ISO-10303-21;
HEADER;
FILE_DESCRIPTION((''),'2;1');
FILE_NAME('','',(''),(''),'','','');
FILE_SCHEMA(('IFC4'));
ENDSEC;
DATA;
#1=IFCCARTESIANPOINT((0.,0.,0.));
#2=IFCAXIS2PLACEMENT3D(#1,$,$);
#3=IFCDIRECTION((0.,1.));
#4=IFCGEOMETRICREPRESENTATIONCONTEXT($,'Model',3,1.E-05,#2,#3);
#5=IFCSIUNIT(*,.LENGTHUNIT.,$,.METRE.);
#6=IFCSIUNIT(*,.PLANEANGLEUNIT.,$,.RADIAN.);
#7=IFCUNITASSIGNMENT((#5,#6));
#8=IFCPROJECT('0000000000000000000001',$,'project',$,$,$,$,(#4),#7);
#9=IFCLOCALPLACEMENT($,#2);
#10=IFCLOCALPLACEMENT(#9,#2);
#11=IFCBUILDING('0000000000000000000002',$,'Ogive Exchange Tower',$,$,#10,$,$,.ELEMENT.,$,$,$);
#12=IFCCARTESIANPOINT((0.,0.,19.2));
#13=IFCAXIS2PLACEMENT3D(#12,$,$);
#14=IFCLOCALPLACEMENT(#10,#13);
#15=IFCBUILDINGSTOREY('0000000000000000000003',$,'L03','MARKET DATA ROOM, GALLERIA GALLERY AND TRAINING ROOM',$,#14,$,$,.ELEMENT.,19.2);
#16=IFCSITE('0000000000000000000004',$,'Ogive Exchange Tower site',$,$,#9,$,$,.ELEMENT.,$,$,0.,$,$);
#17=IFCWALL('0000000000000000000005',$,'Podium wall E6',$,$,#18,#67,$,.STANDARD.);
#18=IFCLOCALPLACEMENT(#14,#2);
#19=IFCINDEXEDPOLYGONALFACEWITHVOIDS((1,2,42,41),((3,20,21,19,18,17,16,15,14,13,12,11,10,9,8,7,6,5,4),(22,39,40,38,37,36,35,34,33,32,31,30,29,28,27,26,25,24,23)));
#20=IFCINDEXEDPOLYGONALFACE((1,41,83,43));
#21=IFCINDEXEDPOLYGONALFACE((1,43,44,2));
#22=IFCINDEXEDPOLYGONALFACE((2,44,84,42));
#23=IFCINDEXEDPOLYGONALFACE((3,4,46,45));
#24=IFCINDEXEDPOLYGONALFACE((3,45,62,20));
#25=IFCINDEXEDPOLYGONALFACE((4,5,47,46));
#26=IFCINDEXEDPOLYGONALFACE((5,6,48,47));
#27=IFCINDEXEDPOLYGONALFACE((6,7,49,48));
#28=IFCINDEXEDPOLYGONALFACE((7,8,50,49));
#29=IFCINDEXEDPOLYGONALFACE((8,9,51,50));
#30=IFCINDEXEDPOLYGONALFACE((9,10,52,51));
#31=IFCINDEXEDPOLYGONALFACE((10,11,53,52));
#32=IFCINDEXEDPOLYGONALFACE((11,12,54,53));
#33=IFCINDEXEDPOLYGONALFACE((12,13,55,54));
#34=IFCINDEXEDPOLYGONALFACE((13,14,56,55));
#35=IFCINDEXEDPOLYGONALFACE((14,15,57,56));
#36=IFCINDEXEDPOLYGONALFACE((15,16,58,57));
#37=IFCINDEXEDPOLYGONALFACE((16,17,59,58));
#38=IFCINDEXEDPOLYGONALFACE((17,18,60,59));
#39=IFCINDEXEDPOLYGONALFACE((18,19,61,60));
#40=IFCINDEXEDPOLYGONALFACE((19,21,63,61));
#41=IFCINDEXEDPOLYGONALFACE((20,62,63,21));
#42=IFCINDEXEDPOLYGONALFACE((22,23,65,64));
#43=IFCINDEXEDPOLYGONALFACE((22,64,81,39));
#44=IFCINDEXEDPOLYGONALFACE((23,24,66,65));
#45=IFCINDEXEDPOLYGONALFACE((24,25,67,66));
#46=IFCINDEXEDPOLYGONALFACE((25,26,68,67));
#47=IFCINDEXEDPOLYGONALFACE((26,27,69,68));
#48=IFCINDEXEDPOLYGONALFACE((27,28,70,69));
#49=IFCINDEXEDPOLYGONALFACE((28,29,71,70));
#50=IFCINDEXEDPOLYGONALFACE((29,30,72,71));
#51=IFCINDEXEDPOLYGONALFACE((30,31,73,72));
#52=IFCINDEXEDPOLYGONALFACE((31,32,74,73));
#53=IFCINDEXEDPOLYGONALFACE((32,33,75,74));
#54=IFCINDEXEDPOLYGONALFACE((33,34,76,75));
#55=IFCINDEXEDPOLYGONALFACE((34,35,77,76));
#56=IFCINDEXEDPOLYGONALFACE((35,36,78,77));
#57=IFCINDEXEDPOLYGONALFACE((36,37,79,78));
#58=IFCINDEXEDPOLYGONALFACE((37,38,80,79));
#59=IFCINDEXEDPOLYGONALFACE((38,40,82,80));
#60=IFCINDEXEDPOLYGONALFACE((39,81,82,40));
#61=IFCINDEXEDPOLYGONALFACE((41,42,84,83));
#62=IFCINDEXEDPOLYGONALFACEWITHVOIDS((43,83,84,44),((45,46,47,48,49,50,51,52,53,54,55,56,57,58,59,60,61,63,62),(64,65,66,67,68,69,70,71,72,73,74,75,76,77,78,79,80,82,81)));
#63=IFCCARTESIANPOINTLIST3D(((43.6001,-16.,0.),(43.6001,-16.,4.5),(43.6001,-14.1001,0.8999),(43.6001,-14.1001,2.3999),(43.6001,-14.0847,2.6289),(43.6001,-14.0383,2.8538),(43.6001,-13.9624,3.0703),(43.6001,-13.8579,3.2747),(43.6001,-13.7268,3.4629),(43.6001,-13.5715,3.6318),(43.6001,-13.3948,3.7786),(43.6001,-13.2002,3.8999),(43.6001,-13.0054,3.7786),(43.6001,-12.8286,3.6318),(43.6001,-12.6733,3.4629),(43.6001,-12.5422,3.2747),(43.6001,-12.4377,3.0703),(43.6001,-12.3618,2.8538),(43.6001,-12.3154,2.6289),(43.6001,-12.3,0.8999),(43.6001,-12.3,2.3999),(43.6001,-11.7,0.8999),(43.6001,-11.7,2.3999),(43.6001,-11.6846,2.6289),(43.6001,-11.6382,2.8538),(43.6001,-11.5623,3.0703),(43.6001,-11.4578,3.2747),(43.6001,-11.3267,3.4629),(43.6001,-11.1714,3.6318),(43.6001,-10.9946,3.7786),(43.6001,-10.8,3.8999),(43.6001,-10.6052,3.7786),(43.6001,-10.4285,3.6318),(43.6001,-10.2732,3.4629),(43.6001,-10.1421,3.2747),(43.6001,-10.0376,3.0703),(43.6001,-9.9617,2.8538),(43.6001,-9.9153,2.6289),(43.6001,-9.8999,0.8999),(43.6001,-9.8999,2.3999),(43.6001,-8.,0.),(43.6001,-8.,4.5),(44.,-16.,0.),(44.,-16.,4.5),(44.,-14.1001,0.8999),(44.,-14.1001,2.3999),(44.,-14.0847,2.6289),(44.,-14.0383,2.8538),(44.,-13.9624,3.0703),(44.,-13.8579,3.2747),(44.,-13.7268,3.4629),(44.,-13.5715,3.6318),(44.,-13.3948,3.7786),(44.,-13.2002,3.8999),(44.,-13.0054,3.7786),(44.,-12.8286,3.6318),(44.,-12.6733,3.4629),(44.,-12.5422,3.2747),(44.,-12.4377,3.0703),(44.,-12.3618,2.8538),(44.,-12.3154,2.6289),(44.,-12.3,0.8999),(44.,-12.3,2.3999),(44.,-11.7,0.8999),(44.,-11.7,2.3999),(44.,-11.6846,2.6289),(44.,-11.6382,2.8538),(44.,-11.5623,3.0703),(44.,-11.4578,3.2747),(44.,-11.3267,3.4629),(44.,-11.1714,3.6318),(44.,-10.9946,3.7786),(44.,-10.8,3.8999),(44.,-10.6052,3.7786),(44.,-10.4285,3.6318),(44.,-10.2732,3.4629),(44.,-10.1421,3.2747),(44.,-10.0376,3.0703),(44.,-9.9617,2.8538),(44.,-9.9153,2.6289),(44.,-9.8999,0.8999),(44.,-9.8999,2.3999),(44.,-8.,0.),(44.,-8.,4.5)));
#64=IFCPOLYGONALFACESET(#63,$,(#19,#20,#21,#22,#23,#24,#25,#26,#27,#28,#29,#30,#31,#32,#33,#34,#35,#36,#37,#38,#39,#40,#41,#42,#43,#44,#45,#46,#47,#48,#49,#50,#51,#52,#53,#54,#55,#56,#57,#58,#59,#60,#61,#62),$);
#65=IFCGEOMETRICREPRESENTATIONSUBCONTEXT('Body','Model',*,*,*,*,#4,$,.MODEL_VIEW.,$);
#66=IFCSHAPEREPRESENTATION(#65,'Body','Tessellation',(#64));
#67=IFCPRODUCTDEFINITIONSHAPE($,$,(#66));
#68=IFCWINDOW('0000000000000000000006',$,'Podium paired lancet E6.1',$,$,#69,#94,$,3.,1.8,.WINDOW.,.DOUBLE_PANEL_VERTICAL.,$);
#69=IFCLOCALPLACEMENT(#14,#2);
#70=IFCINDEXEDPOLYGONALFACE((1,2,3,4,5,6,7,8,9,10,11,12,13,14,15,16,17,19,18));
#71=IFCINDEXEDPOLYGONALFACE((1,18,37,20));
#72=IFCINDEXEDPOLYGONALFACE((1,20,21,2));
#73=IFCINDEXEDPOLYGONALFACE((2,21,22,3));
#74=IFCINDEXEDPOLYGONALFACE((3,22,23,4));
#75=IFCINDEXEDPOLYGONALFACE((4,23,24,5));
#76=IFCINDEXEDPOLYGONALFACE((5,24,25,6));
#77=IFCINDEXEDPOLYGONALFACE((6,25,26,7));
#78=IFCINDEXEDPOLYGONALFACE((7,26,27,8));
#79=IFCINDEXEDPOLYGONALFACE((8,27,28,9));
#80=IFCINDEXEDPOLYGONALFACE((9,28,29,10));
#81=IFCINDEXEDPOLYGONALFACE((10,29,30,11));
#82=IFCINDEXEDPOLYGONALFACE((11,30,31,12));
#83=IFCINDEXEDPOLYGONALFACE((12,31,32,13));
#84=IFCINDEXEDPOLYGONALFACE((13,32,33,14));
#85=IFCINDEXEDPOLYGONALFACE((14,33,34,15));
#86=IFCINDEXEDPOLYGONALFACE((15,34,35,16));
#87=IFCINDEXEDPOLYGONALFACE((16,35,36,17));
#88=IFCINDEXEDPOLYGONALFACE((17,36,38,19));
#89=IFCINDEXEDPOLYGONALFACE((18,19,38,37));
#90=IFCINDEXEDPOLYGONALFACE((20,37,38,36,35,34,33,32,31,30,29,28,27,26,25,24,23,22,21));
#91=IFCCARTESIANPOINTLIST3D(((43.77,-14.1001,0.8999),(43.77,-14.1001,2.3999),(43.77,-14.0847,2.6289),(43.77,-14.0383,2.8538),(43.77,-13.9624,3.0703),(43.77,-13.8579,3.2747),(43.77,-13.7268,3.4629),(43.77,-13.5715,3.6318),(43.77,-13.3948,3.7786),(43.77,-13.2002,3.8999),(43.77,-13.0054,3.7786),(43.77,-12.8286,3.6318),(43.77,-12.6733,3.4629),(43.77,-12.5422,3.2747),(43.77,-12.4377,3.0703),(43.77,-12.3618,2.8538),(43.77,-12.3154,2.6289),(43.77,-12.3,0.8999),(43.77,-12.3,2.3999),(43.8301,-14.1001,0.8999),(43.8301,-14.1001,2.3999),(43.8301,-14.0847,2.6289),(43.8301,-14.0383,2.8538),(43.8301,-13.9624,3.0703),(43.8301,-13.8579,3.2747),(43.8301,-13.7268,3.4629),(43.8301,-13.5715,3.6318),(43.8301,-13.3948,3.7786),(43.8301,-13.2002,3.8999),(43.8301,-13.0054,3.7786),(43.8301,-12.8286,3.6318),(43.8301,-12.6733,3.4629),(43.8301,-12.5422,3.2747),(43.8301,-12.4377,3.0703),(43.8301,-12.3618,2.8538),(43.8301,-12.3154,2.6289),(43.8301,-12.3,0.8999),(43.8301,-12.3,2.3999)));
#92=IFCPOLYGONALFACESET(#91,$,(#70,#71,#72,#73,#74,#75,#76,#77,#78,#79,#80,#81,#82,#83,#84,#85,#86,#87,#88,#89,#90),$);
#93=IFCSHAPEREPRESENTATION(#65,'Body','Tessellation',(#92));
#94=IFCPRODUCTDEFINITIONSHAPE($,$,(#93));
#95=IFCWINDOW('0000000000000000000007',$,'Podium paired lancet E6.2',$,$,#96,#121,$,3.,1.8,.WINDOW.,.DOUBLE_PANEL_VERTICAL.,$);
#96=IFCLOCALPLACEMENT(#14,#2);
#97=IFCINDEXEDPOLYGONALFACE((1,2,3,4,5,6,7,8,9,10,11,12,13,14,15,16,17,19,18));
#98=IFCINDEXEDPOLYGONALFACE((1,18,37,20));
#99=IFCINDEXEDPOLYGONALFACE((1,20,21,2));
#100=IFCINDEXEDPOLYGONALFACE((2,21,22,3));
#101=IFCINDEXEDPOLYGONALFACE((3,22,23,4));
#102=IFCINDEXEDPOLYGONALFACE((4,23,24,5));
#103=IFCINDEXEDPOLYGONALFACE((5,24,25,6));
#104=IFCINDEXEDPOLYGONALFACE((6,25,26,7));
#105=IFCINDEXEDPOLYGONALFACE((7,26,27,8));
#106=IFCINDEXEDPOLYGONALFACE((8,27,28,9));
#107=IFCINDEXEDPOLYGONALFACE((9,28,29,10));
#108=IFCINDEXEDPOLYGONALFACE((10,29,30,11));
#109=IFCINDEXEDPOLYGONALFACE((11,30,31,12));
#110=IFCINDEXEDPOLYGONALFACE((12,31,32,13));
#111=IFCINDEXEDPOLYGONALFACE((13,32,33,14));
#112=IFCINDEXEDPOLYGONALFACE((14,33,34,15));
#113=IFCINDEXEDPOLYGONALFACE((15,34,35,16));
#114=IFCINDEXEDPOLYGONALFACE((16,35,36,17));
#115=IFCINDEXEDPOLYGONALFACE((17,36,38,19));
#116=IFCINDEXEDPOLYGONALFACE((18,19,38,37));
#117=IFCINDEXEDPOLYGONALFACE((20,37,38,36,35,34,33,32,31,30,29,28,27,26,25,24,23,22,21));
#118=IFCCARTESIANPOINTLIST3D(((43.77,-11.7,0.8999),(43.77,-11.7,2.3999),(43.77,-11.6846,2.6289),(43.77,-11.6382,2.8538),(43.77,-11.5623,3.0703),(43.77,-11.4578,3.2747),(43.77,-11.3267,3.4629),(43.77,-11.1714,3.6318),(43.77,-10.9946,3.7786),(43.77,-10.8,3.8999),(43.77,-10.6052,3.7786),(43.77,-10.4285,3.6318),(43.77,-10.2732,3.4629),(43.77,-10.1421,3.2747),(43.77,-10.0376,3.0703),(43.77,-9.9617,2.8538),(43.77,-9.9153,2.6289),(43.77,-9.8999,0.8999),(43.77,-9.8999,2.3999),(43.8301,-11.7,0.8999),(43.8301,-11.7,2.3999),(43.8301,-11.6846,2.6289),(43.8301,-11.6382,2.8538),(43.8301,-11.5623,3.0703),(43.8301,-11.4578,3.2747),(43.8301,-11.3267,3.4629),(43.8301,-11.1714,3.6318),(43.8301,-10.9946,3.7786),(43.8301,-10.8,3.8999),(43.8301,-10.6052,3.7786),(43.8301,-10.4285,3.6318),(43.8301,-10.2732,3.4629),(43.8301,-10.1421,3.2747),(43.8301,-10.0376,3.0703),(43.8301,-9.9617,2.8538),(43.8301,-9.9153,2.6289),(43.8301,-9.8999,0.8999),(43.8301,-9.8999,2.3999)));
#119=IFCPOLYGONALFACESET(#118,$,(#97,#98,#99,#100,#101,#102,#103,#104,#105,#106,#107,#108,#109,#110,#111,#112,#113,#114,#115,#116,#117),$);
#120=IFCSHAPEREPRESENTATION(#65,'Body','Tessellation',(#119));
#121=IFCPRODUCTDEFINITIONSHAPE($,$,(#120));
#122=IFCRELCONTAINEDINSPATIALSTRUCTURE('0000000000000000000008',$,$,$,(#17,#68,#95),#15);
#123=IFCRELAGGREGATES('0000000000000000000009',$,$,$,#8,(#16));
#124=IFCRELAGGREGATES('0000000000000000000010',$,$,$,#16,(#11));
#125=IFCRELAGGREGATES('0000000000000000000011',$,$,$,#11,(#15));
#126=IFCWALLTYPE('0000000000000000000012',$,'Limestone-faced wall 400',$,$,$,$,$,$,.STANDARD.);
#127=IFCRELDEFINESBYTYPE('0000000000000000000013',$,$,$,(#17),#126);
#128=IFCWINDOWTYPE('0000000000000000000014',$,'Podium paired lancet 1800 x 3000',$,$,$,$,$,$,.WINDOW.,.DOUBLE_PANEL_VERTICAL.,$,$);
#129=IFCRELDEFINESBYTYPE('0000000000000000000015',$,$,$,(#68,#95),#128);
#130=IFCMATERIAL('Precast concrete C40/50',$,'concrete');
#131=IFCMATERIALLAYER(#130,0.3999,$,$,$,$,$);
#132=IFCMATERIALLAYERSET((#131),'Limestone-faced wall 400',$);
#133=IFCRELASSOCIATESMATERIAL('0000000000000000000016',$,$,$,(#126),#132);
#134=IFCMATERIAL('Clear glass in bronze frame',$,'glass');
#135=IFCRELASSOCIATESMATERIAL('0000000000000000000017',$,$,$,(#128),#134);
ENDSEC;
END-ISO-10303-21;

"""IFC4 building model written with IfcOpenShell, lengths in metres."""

from ifc_helpers import new_model, si_unit, direction, frame, frame_2d, origin, place, context, subcontext, project, spatial, polyline, rectangle, outline, extrude, material, layer, layer_set, type_object, element, fill, save


model = new_model("IFC4")

# Units and contexts
model_context = context("Model", 3, precision=1e-05, world=origin(), true_north=direction((0.0, 1.0)))
body_context = subcontext(model_context, "Body", "Model", "MODEL_VIEW")
ifc_project = project(units=[si_unit("LENGTHUNIT", "METRE"), si_unit("PLANEANGLEUNIT", "RADIAN")], contexts=[model_context])

# Site, building, storey
site_placement = place(None, origin())
site = spatial("IfcSite", under=ifc_project, at=site_placement, Name="Ogive Exchange Tower site", CompositionType="ELEMENT", RefElevation=0.0)
building_placement = place(site_placement, origin())
building = spatial("IfcBuilding", under=site, at=building_placement, Name="Ogive Exchange Tower", CompositionType="ELEMENT")
storey_placement = place(building_placement, frame((0.0, 0.0, 19.2)))
storey = spatial("IfcBuildingStorey", under=building, at=storey_placement, Name="L03", Description="MARKET DATA ROOM, GALLERIA GALLERY AND TRAINING ROOM", CompositionType="ELEMENT", Elevation=19.2)

# Wall, openings, windows
ifc_material_1 = material(Name="Precast concrete C40/50", Category="concrete")
ifc_layer_1 = layer(ifc_material_1, 0.3999)
ifc_layer_set_1 = layer_set([ifc_layer_1], Name="Limestone-faced wall 400")
wall_type_1 = type_object("IfcWallType", Name="Limestone-faced wall 400", PredefinedType="STANDARD", material=ifc_layer_set_1)
ifc_material_2 = material(Name="Clear glass in bronze frame", Category="glass")
window_type = type_object("IfcWindowType", Name="Podium paired lancet 1800 x 3000", PartitioningType="DOUBLE_PANEL_VERTICAL", PredefinedType="WINDOW", material=ifc_material_2)
wall_1_placement = place(storey_placement, frame((43.8, -16.0, 0.0), z_axis=(0.0, 0.0, 1.0), x_axis=(0.0, 1.0, 0.0)))
wall_1 = element("IfcWall", 1, at=wall_1_placement, inside=storey, type_object=wall_type_1, Name="Podium wall E6", PredefinedType="STANDARD", context=body_context, shape_type="SweptSolid", body=[
    extrude(rectangle(XDim=8.0, YDim=0.3999, at=frame_2d((4.0, 0.0))), origin(), (0.0, 0.0, 1.0), 4.5),
])
opening_1_placement = place(wall_1_placement, frame((1.8999, 0.0, 0.8999)))
opening_1 = element("IfcOpeningElement", 2, at=opening_1_placement, cuts=wall_1, PredefinedType="OPENING", context=body_context, shape_type="SweptSolid", body=[
    extrude(outline(polyline([(0.0, 0.0), (1.8, 0.0), (1.8, 1.5), (1.7847, 1.729), (1.7383, 1.9539), (1.6624, 2.1704), (1.5579, 2.3748), (1.4268, 2.563), (1.2715, 2.7319), (1.0947, 2.8787), (0.8999, 3.0), (0.7053, 2.8787), (0.5286, 2.7319), (0.3733, 2.563), (0.2422, 2.3748), (0.1377, 2.1704), (0.0618, 1.9539), (0.0154, 1.729), (0.0, 1.5), (0.0, 0.0)])), frame((0.0, 0.21, 0.0), z_axis=(0.0, -1.0, 0.0), x_axis=(1.0, 0.0, 0.0)), (0.0, 0.0, 1.0), 0.4199),
])
opening_2_placement = place(wall_1_placement, frame((4.3, 0.0, 0.8999)))
opening_2 = element("IfcOpeningElement", 3, at=opening_2_placement, cuts=wall_1, PredefinedType="OPENING", context=body_context, shape_type="SweptSolid", body=[
    extrude(outline(polyline([(0.0, 0.0), (1.8, 0.0), (1.8, 1.5), (1.7847, 1.729), (1.7383, 1.9539), (1.6624, 2.1704), (1.5579, 2.3748), (1.4268, 2.563), (1.2715, 2.7319), (1.0947, 2.8787), (0.8999, 3.0), (0.7053, 2.8787), (0.5286, 2.7319), (0.3733, 2.563), (0.2422, 2.3748), (0.1377, 2.1704), (0.0618, 1.9539), (0.0154, 1.729), (0.0, 1.5), (0.0, 0.0)])), frame((0.0, 0.21, 0.0), z_axis=(0.0, -1.0, 0.0), x_axis=(1.0, 0.0, 0.0)), (0.0, 0.0, 1.0), 0.4199),
])
window_1_placement = place(opening_1_placement, origin())
window_1 = element("IfcWindow", 4, at=window_1_placement, inside=storey, type_object=window_type, Name="Podium paired lancet E6.1", OverallHeight=3.0, OverallWidth=1.8, PartitioningType="DOUBLE_PANEL_VERTICAL", PredefinedType="WINDOW", context=body_context, shape_type="SweptSolid", body=[
    extrude(outline(polyline([(0.0, 0.0), (1.8, 0.0), (1.8, 1.5), (1.7847, 1.729), (1.7383, 1.9539), (1.6624, 2.1704), (1.5579, 2.3748), (1.4268, 2.563), (1.2715, 2.7319), (1.0947, 2.8787), (0.8999, 3.0), (0.7053, 2.8787), (0.5286, 2.7319), (0.3733, 2.563), (0.2422, 2.3748), (0.1377, 2.1704), (0.0618, 1.9539), (0.0154, 1.729), (0.0, 1.5), (0.0, 0.0)])), frame((0.0, 0.03, 0.0), z_axis=(0.0, -1.0, 0.0), x_axis=(1.0, 0.0, 0.0)), (0.0, 0.0, 1.0), 0.0601),
])
fill(opening_1, window_1)
window_2_placement = place(opening_2_placement, origin())
window_2 = element("IfcWindow", 5, at=window_2_placement, inside=storey, type_object=window_type, Name="Podium paired lancet E6.2", OverallHeight=3.0, OverallWidth=1.8, PartitioningType="DOUBLE_PANEL_VERTICAL", PredefinedType="WINDOW", context=body_context, shape_type="SweptSolid", body=[
    extrude(outline(polyline([(0.0, 0.0), (1.8, 0.0), (1.8, 1.5), (1.7847, 1.729), (1.7383, 1.9539), (1.6624, 2.1704), (1.5579, 2.3748), (1.4268, 2.563), (1.2715, 2.7319), (1.0947, 2.8787), (0.8999, 3.0), (0.7053, 2.8787), (0.5286, 2.7319), (0.3733, 2.563), (0.2422, 2.3748), (0.1377, 2.1704), (0.0618, 1.9539), (0.0154, 1.729), (0.0, 1.5), (0.0, 0.0)])), frame((0.0, 0.03, 0.0), z_axis=(0.0, -1.0, 0.0), x_axis=(1.0, 0.0, 0.0)), (0.0, 0.0, 1.0), 0.0601),
])
fill(opening_2, window_2)

save(model, "model.ifc")
